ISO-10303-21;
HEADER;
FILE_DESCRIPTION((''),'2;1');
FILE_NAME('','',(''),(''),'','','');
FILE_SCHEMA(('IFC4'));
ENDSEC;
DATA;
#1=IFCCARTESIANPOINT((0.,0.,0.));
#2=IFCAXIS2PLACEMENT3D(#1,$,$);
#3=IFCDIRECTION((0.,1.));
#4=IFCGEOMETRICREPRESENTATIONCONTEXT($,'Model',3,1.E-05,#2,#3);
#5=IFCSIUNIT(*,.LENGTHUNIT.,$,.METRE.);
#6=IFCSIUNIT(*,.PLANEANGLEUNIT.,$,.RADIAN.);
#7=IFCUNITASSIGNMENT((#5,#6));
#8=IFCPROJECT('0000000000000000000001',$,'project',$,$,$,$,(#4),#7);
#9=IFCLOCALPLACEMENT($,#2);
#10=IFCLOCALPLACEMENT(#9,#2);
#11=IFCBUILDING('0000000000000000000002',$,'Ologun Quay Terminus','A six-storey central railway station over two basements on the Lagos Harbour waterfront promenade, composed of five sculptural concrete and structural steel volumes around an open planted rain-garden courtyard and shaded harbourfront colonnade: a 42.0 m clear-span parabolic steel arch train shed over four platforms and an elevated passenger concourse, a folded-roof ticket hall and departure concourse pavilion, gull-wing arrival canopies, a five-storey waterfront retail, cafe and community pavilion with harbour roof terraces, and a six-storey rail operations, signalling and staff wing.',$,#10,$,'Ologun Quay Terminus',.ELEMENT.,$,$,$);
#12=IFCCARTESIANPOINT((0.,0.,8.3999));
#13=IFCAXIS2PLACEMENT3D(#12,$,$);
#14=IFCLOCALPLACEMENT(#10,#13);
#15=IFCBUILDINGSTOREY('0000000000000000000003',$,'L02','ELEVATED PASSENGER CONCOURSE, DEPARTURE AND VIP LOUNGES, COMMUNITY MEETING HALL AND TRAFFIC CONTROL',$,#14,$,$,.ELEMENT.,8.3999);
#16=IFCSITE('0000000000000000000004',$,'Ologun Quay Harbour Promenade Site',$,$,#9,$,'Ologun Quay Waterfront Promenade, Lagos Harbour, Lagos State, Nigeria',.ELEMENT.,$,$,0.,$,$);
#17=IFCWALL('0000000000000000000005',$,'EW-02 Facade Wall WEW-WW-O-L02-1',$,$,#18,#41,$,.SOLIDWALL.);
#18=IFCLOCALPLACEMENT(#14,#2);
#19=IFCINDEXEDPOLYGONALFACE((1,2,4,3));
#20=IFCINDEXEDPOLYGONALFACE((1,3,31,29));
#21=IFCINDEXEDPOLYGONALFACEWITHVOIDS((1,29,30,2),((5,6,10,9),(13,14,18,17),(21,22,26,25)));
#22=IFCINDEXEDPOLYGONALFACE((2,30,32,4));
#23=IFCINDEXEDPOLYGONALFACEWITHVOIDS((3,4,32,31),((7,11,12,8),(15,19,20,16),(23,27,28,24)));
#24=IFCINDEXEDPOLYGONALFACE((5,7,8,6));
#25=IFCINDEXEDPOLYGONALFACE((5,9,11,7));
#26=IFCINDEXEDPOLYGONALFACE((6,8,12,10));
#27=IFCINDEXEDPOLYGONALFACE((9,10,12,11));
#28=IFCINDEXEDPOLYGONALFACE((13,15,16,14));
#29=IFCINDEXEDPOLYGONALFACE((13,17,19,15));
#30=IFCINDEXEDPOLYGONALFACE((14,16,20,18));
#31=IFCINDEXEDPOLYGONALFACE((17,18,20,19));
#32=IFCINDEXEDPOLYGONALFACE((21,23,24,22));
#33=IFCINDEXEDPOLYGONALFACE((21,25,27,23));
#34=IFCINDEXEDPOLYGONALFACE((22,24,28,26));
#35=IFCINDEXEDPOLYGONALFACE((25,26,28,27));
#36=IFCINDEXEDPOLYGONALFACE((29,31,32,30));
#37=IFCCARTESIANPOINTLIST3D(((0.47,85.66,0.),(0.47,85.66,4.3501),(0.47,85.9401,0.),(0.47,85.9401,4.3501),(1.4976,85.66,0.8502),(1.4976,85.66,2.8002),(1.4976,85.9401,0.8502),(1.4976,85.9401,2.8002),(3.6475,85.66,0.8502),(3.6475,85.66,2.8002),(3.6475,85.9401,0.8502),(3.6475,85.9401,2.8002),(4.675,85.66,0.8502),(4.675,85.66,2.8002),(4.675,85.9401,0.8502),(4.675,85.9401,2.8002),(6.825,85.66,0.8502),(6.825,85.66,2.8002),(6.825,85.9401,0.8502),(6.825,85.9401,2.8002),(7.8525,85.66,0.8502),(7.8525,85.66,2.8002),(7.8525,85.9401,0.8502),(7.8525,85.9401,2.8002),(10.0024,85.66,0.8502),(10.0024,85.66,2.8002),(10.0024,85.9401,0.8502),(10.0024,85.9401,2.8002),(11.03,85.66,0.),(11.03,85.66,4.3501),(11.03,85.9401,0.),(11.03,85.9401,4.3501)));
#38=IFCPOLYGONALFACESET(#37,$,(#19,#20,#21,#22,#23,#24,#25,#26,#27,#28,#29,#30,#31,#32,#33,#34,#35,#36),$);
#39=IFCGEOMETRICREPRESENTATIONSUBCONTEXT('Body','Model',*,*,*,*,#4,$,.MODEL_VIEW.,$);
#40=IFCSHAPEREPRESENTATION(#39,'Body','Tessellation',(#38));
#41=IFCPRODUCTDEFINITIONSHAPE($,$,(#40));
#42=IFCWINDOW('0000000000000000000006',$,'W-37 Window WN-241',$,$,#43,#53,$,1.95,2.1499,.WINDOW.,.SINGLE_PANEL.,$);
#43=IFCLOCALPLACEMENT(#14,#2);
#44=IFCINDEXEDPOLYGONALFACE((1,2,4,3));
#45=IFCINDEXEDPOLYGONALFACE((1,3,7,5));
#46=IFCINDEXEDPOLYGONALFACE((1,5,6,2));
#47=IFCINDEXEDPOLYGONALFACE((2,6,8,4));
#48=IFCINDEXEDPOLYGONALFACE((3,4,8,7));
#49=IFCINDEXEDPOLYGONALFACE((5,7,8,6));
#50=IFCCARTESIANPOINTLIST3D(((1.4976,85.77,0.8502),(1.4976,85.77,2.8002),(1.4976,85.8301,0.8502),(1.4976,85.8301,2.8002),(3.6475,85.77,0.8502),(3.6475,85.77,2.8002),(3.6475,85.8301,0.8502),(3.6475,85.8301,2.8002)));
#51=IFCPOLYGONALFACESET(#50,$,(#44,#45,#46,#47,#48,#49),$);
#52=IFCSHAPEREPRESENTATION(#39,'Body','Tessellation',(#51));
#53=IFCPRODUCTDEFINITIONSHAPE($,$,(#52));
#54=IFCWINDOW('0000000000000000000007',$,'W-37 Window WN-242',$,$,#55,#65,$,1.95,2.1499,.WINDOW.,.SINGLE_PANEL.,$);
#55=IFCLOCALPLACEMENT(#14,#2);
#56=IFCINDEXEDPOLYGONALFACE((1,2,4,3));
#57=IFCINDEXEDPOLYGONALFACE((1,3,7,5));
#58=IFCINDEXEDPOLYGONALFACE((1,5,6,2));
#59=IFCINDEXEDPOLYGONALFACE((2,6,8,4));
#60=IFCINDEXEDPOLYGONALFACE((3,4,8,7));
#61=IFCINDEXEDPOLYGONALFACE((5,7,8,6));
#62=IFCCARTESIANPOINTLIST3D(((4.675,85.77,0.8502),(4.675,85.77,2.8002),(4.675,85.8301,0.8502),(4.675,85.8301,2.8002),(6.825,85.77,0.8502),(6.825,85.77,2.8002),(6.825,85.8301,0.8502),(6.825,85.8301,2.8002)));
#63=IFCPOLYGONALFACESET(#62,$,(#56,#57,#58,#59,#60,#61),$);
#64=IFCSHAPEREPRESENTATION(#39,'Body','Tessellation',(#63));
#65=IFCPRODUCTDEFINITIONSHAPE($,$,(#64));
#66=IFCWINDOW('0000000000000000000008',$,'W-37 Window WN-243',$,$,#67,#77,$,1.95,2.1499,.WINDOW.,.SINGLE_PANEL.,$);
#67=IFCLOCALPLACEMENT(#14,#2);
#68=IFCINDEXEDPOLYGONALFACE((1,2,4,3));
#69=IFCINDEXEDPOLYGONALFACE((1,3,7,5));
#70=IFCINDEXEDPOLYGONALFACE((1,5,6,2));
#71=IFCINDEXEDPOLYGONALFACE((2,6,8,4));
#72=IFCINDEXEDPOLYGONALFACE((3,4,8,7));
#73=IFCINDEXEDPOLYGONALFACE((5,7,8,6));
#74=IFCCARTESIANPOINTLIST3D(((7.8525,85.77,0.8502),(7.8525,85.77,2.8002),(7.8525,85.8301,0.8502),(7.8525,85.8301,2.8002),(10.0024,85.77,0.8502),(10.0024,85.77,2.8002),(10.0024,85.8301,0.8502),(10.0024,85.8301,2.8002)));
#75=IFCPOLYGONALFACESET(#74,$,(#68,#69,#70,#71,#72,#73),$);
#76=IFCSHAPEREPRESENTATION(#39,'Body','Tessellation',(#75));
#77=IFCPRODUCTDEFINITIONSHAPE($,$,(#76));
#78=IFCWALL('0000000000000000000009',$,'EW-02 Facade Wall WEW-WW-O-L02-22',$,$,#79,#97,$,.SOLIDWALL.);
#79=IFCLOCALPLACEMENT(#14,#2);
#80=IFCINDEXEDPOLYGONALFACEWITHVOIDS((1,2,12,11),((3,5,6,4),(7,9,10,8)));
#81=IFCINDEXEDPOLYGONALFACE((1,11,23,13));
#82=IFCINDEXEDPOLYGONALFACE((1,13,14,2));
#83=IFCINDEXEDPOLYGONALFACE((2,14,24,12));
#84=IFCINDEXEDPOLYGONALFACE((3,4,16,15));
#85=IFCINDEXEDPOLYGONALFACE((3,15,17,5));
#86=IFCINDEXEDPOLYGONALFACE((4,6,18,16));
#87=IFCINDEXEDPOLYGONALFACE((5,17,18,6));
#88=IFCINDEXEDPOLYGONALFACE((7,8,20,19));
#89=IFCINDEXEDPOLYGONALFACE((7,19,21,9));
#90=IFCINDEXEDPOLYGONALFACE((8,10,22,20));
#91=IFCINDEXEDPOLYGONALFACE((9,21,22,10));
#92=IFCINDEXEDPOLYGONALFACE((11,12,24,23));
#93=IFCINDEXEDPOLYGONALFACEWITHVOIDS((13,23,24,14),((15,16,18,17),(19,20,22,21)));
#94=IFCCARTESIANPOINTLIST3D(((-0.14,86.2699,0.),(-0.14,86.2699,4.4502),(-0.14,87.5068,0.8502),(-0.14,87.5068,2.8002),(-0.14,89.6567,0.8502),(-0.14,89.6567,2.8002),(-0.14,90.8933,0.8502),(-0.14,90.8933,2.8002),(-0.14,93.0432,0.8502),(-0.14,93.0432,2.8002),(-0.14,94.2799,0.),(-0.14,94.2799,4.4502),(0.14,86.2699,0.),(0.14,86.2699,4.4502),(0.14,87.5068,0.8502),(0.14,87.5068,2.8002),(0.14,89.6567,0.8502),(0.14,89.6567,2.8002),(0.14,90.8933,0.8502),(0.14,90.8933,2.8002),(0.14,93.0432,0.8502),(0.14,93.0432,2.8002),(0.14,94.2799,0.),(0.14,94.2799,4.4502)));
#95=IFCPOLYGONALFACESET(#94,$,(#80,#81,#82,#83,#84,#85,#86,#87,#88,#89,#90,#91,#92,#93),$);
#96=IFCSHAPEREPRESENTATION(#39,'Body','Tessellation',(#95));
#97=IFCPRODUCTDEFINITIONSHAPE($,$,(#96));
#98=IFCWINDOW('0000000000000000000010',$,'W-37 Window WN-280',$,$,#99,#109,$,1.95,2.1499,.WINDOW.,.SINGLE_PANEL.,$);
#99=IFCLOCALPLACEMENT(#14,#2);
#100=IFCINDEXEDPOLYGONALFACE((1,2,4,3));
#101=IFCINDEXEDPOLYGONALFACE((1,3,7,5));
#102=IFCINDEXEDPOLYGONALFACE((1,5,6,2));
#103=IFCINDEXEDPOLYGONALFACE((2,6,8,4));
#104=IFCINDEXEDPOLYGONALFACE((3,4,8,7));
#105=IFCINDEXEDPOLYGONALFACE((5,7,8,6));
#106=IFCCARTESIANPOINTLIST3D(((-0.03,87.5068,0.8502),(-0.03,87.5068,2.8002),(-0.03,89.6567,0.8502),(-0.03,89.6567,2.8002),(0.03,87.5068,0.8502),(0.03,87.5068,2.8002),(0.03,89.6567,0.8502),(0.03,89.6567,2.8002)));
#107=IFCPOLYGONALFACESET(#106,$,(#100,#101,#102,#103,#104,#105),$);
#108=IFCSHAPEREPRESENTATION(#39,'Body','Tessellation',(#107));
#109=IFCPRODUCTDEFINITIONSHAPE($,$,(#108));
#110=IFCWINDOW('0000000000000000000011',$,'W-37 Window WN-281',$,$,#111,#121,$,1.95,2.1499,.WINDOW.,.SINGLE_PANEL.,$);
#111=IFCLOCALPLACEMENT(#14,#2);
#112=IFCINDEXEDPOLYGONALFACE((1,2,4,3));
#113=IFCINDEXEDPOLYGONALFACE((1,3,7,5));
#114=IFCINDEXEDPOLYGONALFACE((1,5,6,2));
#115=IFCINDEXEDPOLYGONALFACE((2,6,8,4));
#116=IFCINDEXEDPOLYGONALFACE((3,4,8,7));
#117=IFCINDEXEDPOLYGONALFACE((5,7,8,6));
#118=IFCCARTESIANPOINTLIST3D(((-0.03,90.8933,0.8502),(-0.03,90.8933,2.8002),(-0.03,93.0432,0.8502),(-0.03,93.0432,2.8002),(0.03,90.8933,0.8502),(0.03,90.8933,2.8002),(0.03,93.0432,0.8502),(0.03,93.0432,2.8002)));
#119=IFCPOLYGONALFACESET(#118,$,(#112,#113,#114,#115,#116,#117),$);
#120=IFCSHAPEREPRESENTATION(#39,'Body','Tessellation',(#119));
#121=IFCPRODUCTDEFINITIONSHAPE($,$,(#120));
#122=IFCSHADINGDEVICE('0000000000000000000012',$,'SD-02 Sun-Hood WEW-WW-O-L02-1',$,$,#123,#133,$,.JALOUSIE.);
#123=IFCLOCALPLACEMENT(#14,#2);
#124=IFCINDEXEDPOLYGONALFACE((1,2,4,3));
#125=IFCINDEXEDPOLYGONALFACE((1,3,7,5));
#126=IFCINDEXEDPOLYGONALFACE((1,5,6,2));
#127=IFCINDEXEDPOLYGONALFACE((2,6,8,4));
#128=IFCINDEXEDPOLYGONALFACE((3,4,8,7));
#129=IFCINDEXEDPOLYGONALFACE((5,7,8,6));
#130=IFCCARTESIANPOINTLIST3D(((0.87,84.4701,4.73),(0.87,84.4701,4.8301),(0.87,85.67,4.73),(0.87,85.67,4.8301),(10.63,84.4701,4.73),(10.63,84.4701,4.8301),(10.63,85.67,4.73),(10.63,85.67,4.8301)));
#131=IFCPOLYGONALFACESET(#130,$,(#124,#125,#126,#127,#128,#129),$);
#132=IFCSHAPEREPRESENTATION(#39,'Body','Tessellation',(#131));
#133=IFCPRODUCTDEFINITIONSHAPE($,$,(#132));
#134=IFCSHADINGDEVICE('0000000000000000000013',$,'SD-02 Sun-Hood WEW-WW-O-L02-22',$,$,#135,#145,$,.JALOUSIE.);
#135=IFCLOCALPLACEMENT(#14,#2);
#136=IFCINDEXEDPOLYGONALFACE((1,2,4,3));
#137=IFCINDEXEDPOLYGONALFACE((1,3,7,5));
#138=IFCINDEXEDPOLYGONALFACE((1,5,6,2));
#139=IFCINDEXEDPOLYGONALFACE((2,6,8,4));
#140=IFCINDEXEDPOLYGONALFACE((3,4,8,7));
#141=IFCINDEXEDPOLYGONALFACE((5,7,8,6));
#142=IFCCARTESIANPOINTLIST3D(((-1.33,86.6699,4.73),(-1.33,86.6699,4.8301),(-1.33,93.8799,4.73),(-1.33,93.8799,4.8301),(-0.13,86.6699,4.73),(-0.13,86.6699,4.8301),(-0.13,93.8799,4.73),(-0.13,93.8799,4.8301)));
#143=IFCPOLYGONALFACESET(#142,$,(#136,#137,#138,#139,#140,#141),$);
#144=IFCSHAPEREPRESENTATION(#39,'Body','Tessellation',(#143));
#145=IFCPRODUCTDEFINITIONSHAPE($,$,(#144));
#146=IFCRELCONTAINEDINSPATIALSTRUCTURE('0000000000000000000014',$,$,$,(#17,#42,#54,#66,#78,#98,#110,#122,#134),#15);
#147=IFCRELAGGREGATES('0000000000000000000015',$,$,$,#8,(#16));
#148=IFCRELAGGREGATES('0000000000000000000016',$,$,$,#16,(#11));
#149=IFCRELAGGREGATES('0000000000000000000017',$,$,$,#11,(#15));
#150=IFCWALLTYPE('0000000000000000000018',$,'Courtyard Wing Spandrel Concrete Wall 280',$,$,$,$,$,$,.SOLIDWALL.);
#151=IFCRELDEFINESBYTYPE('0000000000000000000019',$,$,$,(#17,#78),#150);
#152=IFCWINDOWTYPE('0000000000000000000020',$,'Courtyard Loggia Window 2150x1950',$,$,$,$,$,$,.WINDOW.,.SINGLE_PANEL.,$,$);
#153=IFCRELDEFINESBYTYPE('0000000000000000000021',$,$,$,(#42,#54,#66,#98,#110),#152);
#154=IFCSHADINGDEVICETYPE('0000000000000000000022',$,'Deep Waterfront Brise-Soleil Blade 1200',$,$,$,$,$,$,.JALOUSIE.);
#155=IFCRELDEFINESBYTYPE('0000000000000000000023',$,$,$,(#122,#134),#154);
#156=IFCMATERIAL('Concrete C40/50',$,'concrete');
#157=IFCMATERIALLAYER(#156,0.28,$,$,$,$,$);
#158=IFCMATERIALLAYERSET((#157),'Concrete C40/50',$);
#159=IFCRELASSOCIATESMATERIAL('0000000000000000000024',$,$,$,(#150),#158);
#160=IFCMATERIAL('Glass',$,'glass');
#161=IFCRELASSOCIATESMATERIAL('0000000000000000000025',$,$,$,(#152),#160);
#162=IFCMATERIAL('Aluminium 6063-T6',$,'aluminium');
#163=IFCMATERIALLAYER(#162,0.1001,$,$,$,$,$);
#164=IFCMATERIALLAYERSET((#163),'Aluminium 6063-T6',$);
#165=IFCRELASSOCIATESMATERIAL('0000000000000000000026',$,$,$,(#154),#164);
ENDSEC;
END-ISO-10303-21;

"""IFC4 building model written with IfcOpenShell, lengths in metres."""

from ifc_helpers import new_model, si_unit, direction, frame, frame_2d, origin, origin_2d, place, context, subcontext, project, spatial, rectangle, extrude, material, layer, layer_set, type_object, element, fill, save


model = new_model("IFC4")

# Units and contexts
model_context = context("Model", 3, precision=1e-05, world=origin(), true_north=direction((0.0, 1.0)))
body_context = subcontext(model_context, "Body", "Model", "MODEL_VIEW")
ifc_project = project(units=[si_unit("LENGTHUNIT", "METRE"), si_unit("PLANEANGLEUNIT", "RADIAN")], contexts=[model_context])

# Site, building, storey
site_placement = place(None, origin())
site = spatial("IfcSite", under=ifc_project, at=site_placement, Name="Ologun Quay Harbour Promenade Site", LongName="Ologun Quay Waterfront Promenade, Lagos Harbour, Lagos State, Nigeria", CompositionType="ELEMENT", RefElevation=0.0)
building_placement = place(site_placement, origin())
building = spatial("IfcBuilding", under=site, at=building_placement, Name="Ologun Quay Terminus", Description="A six-storey central railway station over two basements on the Lagos Harbour waterfront promenade, composed of five sculptural concrete and structural steel volumes around an open planted rain-garden courtyard and shaded harbourfront colonnade: a 42.0 m clear-span parabolic steel arch train shed over four platforms and an elevated passenger concourse, a folded-roof ticket hall and departure concourse pavilion, gull-wing arrival canopies, a five-storey waterfront retail, cafe and community pavilion with harbour roof terraces, and a six-storey rail operations, signalling and staff wing.", LongName="Ologun Quay Terminus", CompositionType="ELEMENT")
storey_placement = place(building_placement, frame((0.0, 0.0, 8.3999)))
storey = spatial("IfcBuildingStorey", under=building, at=storey_placement, Name="L02", Description="ELEVATED PASSENGER CONCOURSE, DEPARTURE AND VIP LOUNGES, COMMUNITY MEETING HALL AND TRAFFIC CONTROL", CompositionType="ELEMENT", Elevation=8.3999)

# Walls, openings, windows
ifc_material_1 = material(Name="Concrete C40/50", Category="concrete")
ifc_layer_1 = layer(ifc_material_1, 0.28)
ifc_layer_set_1 = layer_set([ifc_layer_1], Name="Concrete C40/50")
wall_type = type_object("IfcWallType", Name="Courtyard Wing Spandrel Concrete Wall 280", PredefinedType="SOLIDWALL", material=ifc_layer_set_1)
wall_1_placement = place(storey_placement, frame((0.47, 85.8, 0.0), z_axis=(0.0, 0.0, 1.0), x_axis=(1.0, 0.0, 0.0)))
wall_1 = element("IfcWall", 1, at=wall_1_placement, inside=storey, type_object=wall_type, Name="EW-02 Facade Wall WEW-WW-O-L02-1", PredefinedType="SOLIDWALL", context=body_context, shape_type="SweptSolid", body=[
    extrude(rectangle(XDim=10.5601, YDim=0.28, at=frame_2d((5.28, 0.0))), origin(), (0.0, 0.0, 1.0), 4.3501),
])
opening_1_placement = place(wall_1_placement, frame((1.0276, 0.0, 0.8501)))
opening_1 = element("IfcOpeningElement", 2, at=opening_1_placement, cuts=wall_1, PredefinedType="OPENING", context=body_context, shape_type="SweptSolid", body=[
    extrude(rectangle(XDim=2.1499, YDim=1.95, at=frame_2d((1.075, 0.9751))), frame((0.0, 0.1499, 0.0), z_axis=(0.0, -1.0, 0.0), x_axis=(1.0, 0.0, 0.0)), (0.0, 0.0, 1.0), 0.3),
])
opening_2_placement = place(wall_1_placement, frame((4.2051, 0.0, 0.8501)))
opening_2 = element("IfcOpeningElement", 3, at=opening_2_placement, cuts=wall_1, PredefinedType="OPENING", context=body_context, shape_type="SweptSolid", body=[
    extrude(rectangle(XDim=2.1499, YDim=1.95, at=frame_2d((1.075, 0.9751))), frame((0.0, 0.1499, 0.0), z_axis=(0.0, -1.0, 0.0), x_axis=(1.0, 0.0, 0.0)), (0.0, 0.0, 1.0), 0.3),
])
opening_3_placement = place(wall_1_placement, frame((7.3826, 0.0, 0.8501)))
opening_3 = element("IfcOpeningElement", 4, at=opening_3_placement, cuts=wall_1, PredefinedType="OPENING", context=body_context, shape_type="SweptSolid", body=[
    extrude(rectangle(XDim=2.1499, YDim=1.95, at=frame_2d((1.075, 0.9751))), frame((0.0, 0.1499, 0.0), z_axis=(0.0, -1.0, 0.0), x_axis=(1.0, 0.0, 0.0)), (0.0, 0.0, 1.0), 0.3),
])
ifc_material_2 = material(Name="Glass", Category="glass")
window_type = type_object("IfcWindowType", Name="Courtyard Loggia Window 2150x1950", PartitioningType="SINGLE_PANEL", PredefinedType="WINDOW", material=ifc_material_2)
window_1_placement = place(opening_1_placement, origin())
window_1 = element("IfcWindow", 5, at=window_1_placement, inside=storey, type_object=window_type, Name="W-37 Window WN-241", OverallHeight=1.95, OverallWidth=2.1499, PartitioningType="SINGLE_PANEL", PredefinedType="WINDOW", context=body_context, shape_type="SweptSolid", body=[
    extrude(rectangle(XDim=2.1499, YDim=1.95, at=frame_2d((1.075, 0.9751))), frame((0.0, 0.03, 0.0), z_axis=(0.0, -1.0, 0.0), x_axis=(1.0, 0.0, 0.0)), (0.0, 0.0, 1.0), 0.0601),
])
fill(opening_1, window_1)
window_2_placement = place(opening_2_placement, origin())
window_2 = element("IfcWindow", 6, at=window_2_placement, inside=storey, type_object=window_type, Name="W-37 Window WN-242", OverallHeight=1.95, OverallWidth=2.1499, PartitioningType="SINGLE_PANEL", PredefinedType="WINDOW", context=body_context, shape_type="SweptSolid", body=[
    extrude(rectangle(XDim=2.1499, YDim=1.95, at=frame_2d((1.075, 0.9751))), frame((0.0, 0.03, 0.0), z_axis=(0.0, -1.0, 0.0), x_axis=(1.0, 0.0, 0.0)), (0.0, 0.0, 1.0), 0.0601),
])
fill(opening_2, window_2)
window_3_placement = place(opening_3_placement, origin())
window_3 = element("IfcWindow", 7, at=window_3_placement, inside=storey, type_object=window_type, Name="W-37 Window WN-243", OverallHeight=1.95, OverallWidth=2.1499, PartitioningType="SINGLE_PANEL", PredefinedType="WINDOW", context=body_context, shape_type="SweptSolid", body=[
    extrude(rectangle(XDim=2.1499, YDim=1.95, at=frame_2d((1.075, 0.9751))), frame((0.0, 0.03, 0.0), z_axis=(0.0, -1.0, 0.0), x_axis=(1.0, 0.0, 0.0)), (0.0, 0.0, 1.0), 0.0601),
])
fill(opening_3, window_3)
wall_2_placement = place(storey_placement, frame((0.0, 86.27, 0.0), z_axis=(0.0, 0.0, 1.0), x_axis=(0.0, 1.0, 0.0)))
wall_2 = element("IfcWall", 8, at=wall_2_placement, inside=storey, type_object=wall_type, Name="EW-02 Facade Wall WEW-WW-O-L02-22", PredefinedType="SOLIDWALL", context=body_context, shape_type="SweptSolid", body=[
    extrude(rectangle(XDim=8.01, YDim=0.28, at=frame_2d((4.0049, 0.0))), origin(), (0.0, 0.0, 1.0), 4.4502),
])
opening_4_placement = place(wall_2_placement, frame((1.2368, 0.0, 0.8501)))
opening_4 = element("IfcOpeningElement", 9, at=opening_4_placement, cuts=wall_2, PredefinedType="OPENING", context=body_context, shape_type="SweptSolid", body=[
    extrude(rectangle(XDim=2.1499, YDim=1.95, at=frame_2d((1.075, 0.9751))), frame((0.0, 0.1499, 0.0), z_axis=(0.0, -1.0, 0.0), x_axis=(1.0, 0.0, 0.0)), (0.0, 0.0, 1.0), 0.3),
])
opening_5_placement = place(wall_2_placement, frame((4.6233, 0.0, 0.8501)))
opening_5 = element("IfcOpeningElement", 10, at=opening_5_placement, cuts=wall_2, PredefinedType="OPENING", context=body_context, shape_type="SweptSolid", body=[
    extrude(rectangle(XDim=2.1499, YDim=1.95, at=frame_2d((1.075, 0.9751))), frame((0.0, 0.1499, 0.0), z_axis=(0.0, -1.0, 0.0), x_axis=(1.0, 0.0, 0.0)), (0.0, 0.0, 1.0), 0.3),
])
window_4_placement = place(opening_4_placement, origin())
window_4 = element("IfcWindow", 11, at=window_4_placement, inside=storey, type_object=window_type, Name="W-37 Window WN-280", OverallHeight=1.95, OverallWidth=2.1499, PartitioningType="SINGLE_PANEL", PredefinedType="WINDOW", context=body_context, shape_type="SweptSolid", body=[
    extrude(rectangle(XDim=2.1499, YDim=1.95, at=frame_2d((1.075, 0.9751))), frame((0.0, 0.03, 0.0), z_axis=(0.0, -1.0, 0.0), x_axis=(1.0, 0.0, 0.0)), (0.0, 0.0, 1.0), 0.0601),
])
fill(opening_4, window_4)
window_5_placement = place(opening_5_placement, origin())
window_5 = element("IfcWindow", 12, at=window_5_placement, inside=storey, type_object=window_type, Name="W-37 Window WN-281", OverallHeight=1.95, OverallWidth=2.1499, PartitioningType="SINGLE_PANEL", PredefinedType="WINDOW", context=body_context, shape_type="SweptSolid", body=[
    extrude(rectangle(XDim=2.1499, YDim=1.95, at=frame_2d((1.075, 0.9751))), frame((0.0, 0.03, 0.0), z_axis=(0.0, -1.0, 0.0), x_axis=(1.0, 0.0, 0.0)), (0.0, 0.0, 1.0), 0.0601),
])
fill(opening_5, window_5)

# Shading devices
ifc_material_3 = material(Name="Aluminium 6063-T6", Category="aluminium")
ifc_layer_2 = layer(ifc_material_3, 0.1001)
ifc_layer_set_2 = layer_set([ifc_layer_2], Name="Aluminium 6063-T6")
shading_device_type = type_object("IfcShadingDeviceType", Name="Deep Waterfront Brise-Soleil Blade 1200", PredefinedType="JALOUSIE", material=ifc_layer_set_2)
shading_device_1_placement = place(storey_placement, frame((5.75, 85.0701, 4.73), z_axis=(0.0, 0.0, 1.0), x_axis=(1.0, 0.0, 0.0)))
element("IfcShadingDevice", 13, at=shading_device_1_placement, inside=storey, type_object=shading_device_type, Name="SD-02 Sun-Hood WEW-WW-O-L02-1", PredefinedType="JALOUSIE", context=body_context, shape_type="SweptSolid", body=[
    extrude(rectangle(XDim=9.76, YDim=1.2, at=origin_2d()), origin(), (0.0, 0.0, 1.0), 0.1001),
])
shading_device_2_placement = place(storey_placement, frame((-0.73, 90.2749, 4.73), z_axis=(0.0, 0.0, 1.0), x_axis=(1.0, 0.0, 0.0)))
element("IfcShadingDevice", 14, at=shading_device_2_placement, inside=storey, type_object=shading_device_type, Name="SD-02 Sun-Hood WEW-WW-O-L02-22", PredefinedType="JALOUSIE", context=body_context, shape_type="SweptSolid", body=[
    extrude(rectangle(XDim=1.2, YDim=7.21, at=origin_2d()), origin(), (0.0, 0.0, 1.0), 0.1001),
])

save(model, "model.ifc")
